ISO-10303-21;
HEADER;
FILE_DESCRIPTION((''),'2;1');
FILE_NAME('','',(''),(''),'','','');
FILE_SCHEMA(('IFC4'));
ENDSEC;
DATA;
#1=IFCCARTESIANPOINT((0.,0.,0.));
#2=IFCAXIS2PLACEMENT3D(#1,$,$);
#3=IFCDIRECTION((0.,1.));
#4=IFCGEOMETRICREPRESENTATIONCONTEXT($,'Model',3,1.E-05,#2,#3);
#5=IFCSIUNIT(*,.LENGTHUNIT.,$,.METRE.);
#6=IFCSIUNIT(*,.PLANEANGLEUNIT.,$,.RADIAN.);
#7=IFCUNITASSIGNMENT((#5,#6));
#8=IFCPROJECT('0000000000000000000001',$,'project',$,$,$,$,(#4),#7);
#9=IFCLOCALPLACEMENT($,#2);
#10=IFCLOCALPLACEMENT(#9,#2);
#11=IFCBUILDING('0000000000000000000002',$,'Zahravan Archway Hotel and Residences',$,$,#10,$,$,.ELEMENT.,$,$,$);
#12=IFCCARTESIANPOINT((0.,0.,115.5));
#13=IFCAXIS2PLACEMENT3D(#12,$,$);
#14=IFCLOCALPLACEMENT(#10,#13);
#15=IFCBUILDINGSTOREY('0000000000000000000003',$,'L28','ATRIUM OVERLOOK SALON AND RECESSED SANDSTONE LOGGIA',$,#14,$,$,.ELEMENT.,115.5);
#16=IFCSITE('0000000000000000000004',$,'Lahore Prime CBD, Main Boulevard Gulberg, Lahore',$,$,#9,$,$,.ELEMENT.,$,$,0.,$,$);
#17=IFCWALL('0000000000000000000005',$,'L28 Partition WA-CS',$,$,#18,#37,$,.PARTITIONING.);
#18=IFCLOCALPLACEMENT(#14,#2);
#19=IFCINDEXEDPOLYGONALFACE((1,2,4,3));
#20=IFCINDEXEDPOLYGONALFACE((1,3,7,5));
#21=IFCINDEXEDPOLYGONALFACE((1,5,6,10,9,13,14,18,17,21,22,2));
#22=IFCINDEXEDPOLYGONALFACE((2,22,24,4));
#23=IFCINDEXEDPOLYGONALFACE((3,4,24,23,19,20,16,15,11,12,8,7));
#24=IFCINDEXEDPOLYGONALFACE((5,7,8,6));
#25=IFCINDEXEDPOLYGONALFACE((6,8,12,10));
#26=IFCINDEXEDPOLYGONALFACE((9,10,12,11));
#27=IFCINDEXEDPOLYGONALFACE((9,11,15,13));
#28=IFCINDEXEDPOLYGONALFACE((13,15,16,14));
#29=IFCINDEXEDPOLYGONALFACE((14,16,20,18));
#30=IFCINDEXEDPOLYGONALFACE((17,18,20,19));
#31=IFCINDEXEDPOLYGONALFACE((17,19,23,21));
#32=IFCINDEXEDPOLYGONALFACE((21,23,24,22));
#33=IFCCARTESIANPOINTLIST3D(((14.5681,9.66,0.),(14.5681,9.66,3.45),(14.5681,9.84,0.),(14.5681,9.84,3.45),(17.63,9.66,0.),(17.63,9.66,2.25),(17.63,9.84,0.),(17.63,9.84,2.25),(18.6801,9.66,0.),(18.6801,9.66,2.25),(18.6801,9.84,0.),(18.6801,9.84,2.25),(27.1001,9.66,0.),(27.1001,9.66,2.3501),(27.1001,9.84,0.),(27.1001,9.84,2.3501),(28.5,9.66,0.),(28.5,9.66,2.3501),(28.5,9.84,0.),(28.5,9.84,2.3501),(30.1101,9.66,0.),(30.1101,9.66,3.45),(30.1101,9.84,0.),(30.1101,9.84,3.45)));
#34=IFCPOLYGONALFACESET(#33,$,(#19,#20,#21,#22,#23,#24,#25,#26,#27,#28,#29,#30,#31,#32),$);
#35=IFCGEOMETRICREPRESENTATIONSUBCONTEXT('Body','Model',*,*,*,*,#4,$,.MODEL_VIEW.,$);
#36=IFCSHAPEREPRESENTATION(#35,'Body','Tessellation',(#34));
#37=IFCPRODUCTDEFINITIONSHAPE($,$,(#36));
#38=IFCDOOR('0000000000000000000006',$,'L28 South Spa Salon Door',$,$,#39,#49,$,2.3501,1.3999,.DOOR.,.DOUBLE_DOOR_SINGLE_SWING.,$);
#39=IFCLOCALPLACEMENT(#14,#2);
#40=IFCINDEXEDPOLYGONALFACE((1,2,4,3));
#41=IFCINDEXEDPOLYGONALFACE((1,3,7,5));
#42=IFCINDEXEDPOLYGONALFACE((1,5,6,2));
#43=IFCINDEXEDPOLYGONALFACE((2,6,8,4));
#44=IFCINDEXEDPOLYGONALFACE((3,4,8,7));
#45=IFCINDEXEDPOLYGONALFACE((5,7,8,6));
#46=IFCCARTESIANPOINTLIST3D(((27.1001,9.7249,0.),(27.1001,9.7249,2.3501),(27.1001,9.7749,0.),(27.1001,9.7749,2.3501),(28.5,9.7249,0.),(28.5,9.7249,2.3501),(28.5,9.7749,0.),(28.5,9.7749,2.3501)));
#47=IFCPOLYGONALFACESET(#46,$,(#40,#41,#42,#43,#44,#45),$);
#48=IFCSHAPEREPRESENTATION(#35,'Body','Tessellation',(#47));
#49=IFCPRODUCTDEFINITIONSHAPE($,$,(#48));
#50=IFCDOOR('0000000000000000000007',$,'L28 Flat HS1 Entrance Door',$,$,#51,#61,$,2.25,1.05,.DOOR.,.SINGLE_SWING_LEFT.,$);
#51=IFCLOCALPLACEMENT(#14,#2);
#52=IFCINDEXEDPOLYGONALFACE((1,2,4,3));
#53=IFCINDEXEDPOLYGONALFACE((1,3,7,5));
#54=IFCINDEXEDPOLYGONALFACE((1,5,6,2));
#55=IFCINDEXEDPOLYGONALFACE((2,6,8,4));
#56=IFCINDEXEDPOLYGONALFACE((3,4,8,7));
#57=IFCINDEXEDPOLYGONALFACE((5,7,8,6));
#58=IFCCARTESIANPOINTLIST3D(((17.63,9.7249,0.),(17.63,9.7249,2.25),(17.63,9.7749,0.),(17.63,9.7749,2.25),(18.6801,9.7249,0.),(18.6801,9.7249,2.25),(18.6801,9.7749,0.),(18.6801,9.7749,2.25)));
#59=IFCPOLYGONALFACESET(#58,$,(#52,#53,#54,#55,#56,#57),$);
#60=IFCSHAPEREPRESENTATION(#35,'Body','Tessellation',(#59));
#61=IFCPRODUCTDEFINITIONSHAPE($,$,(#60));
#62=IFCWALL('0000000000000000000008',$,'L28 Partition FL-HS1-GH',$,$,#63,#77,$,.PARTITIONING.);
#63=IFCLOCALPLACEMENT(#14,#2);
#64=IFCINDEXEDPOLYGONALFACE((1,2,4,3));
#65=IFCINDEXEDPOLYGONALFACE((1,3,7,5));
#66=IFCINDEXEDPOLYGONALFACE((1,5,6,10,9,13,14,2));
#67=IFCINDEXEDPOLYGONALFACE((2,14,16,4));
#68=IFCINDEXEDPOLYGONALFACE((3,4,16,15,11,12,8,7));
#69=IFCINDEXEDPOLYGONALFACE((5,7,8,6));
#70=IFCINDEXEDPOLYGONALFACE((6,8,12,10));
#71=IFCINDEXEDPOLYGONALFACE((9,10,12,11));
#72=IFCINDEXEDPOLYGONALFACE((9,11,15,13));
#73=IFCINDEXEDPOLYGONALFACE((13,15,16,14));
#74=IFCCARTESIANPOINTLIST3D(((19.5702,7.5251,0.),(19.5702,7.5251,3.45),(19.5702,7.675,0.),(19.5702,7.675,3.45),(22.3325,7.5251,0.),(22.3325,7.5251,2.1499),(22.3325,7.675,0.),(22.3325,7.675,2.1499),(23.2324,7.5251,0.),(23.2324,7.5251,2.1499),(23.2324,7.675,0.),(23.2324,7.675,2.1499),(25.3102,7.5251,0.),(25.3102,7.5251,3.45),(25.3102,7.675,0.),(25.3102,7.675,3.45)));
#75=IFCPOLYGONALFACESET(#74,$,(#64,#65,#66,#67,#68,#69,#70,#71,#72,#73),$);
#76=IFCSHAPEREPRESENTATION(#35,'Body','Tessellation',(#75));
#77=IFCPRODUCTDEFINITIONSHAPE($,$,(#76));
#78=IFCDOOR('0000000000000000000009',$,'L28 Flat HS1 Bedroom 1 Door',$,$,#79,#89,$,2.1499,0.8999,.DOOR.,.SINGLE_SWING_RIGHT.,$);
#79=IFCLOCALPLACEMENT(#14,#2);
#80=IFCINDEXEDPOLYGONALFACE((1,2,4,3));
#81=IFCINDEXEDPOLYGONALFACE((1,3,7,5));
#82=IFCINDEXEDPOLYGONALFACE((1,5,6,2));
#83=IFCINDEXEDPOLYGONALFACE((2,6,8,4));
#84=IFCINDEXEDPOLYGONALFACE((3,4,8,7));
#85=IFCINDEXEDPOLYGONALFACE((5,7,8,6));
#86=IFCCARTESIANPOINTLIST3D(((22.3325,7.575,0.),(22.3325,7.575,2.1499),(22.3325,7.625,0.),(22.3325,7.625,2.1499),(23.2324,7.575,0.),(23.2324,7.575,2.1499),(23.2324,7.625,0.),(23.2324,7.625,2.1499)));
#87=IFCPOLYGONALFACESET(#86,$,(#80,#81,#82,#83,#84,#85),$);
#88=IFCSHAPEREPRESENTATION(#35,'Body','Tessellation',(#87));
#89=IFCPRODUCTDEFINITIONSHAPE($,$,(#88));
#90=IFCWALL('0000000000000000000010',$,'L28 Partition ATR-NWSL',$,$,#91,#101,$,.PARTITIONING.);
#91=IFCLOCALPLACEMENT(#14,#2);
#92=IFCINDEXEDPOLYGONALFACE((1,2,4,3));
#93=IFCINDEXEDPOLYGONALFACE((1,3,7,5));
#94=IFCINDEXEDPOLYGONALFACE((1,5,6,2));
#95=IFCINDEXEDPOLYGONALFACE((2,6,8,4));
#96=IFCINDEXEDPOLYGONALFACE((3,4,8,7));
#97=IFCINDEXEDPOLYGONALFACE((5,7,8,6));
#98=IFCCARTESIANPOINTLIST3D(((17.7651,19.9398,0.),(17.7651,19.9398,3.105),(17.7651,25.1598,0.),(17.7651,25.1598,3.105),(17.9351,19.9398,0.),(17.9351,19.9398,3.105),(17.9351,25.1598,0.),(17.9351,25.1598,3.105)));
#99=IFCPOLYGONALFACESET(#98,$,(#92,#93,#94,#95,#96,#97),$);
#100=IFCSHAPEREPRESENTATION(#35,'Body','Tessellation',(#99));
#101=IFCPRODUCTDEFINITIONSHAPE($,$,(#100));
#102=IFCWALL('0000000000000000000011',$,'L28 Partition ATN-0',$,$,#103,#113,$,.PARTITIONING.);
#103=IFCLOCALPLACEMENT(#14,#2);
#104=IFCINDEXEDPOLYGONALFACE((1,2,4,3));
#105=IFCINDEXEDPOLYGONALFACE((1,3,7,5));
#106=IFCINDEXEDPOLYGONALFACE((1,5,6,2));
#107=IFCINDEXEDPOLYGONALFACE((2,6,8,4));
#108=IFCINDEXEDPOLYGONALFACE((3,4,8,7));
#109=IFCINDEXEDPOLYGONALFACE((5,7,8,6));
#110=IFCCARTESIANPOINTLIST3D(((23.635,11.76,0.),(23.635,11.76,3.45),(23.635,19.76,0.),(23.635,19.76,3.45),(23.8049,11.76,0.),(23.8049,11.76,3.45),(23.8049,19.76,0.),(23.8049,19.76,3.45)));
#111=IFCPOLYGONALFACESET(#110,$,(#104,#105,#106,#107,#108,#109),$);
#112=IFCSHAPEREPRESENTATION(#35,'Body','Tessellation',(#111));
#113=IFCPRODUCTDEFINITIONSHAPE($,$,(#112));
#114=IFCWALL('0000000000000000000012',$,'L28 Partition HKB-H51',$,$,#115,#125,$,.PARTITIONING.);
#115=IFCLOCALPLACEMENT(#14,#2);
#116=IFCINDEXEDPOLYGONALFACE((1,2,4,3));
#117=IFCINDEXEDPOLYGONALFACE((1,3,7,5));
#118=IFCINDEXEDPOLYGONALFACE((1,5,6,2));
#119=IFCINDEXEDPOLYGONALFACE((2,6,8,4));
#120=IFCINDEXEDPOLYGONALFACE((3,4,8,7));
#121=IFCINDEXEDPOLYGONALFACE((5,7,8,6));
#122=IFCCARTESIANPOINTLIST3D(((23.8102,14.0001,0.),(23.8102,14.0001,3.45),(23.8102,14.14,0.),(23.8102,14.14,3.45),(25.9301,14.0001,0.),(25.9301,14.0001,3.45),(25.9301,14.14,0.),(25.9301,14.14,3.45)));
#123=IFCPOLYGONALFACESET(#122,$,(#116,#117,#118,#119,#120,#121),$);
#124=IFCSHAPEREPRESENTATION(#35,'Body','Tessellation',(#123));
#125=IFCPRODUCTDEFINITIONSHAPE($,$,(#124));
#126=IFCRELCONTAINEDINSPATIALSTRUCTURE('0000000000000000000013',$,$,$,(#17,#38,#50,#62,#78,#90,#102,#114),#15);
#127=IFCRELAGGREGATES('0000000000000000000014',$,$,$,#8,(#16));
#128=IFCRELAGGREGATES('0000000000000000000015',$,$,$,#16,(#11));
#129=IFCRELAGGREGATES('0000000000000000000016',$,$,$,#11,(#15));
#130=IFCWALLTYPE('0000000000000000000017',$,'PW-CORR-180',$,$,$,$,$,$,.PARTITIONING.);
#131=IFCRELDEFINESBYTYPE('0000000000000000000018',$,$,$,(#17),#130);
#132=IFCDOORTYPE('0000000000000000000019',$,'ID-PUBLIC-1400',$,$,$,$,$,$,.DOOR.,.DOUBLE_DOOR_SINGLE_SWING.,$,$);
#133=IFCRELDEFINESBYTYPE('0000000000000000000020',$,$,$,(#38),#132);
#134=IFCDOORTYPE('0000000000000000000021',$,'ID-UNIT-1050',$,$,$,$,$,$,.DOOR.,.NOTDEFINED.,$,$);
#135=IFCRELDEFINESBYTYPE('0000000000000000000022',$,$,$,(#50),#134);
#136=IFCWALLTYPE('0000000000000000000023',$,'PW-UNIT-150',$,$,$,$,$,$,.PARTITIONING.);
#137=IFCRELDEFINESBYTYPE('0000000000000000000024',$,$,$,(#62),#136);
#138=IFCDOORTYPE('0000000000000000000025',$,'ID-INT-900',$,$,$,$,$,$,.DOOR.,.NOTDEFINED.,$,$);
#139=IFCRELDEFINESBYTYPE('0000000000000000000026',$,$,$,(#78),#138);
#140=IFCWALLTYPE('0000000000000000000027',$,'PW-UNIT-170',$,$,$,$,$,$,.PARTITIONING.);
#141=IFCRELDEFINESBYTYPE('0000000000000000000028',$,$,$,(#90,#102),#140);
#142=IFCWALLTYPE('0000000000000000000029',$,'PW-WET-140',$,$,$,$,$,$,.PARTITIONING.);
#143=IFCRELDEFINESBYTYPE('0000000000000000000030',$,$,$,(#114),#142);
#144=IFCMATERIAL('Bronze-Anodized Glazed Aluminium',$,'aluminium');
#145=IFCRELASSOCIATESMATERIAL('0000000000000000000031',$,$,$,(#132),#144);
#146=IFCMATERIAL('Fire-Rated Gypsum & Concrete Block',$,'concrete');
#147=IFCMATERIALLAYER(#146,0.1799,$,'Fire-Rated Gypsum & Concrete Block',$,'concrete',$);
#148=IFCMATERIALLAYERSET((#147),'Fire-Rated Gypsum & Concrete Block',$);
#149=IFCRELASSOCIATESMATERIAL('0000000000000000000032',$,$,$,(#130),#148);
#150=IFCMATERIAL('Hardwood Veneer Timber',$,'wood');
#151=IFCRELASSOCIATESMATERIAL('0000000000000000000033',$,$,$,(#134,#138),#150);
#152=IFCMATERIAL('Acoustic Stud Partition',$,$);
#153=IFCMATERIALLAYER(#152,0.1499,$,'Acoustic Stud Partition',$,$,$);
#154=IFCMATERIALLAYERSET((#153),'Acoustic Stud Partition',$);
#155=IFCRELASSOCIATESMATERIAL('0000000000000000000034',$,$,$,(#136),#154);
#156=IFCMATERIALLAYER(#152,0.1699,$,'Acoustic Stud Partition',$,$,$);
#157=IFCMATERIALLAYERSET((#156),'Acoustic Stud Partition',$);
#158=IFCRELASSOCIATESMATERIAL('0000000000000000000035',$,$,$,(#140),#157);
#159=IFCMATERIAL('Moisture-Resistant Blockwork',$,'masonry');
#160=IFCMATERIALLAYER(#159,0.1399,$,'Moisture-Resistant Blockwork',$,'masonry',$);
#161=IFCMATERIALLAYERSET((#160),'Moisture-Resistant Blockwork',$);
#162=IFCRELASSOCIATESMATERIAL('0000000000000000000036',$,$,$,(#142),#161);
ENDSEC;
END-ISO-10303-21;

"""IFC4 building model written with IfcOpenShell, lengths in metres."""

from ifc_helpers import new_model, si_unit, direction, frame, frame_2d, origin, place, context, subcontext, project, spatial, rectangle, extrude, source, transform, mapped, material, layer, layer_set, type_object, type_shapes, element, fill, save


model = new_model("IFC4")

# Units and contexts
model_context = context("Model", 3, precision=1e-05, world=origin(), true_north=direction((0.0, 1.0)))
body_context = subcontext(model_context, "Body", "Model", "MODEL_VIEW")
ifc_project = project(units=[si_unit("LENGTHUNIT", "METRE"), si_unit("PLANEANGLEUNIT", "RADIAN")], contexts=[model_context])

# Site, building, storey
site_placement = place(None, origin())
site = spatial("IfcSite", under=ifc_project, at=site_placement, Name="Lahore Prime CBD, Main Boulevard Gulberg, Lahore", CompositionType="ELEMENT", RefElevation=0.0)
building_placement = place(site_placement, origin())
building = spatial("IfcBuilding", under=site, at=building_placement, Name="Zahravan Archway Hotel and Residences", CompositionType="ELEMENT")
storey_placement = place(building_placement, frame((0.0, 0.0, 115.5)))
storey = spatial("IfcBuildingStorey", under=building, at=storey_placement, Name="L28", Description="ATRIUM OVERLOOK SALON AND RECESSED SANDSTONE LOGGIA", CompositionType="ELEMENT", Elevation=115.5)

# Shared definitions
ifc_material_1 = material(Name="Fire-Rated Gypsum & Concrete Block", Category="concrete")
ifc_material_2 = material(Name="Bronze-Anodized Glazed Aluminium", Category="aluminium")
door_type_1 = type_object("IfcDoorType", Name="ID-PUBLIC-1400", OperationType="DOUBLE_DOOR_SINGLE_SWING", PredefinedType="DOOR", material=ifc_material_2)
shared_shape_1 = source(origin(), body_context, "Body", "SweptSolid", [
    extrude(rectangle(XDim=1.3999, YDim=2.3501, at=frame_2d((0.7, 1.175))), frame((0.0, 0.0249, 0.0), z_axis=(0.0, -1.0, 0.0), x_axis=(1.0, 0.0, 0.0)), (0.0, 0.0, 1.0), 0.05),
])
type_shapes(door_type_1, [shared_shape_1])
ifc_material_3 = material(Name="Hardwood Veneer Timber", Category="wood")

# Wall, openings, doors
ifc_layer_1 = layer(ifc_material_1, 0.1799, Name="Fire-Rated Gypsum & Concrete Block", Category="concrete")
ifc_layer_set_1 = layer_set([ifc_layer_1], Name="Fire-Rated Gypsum & Concrete Block")
wall_type_1 = type_object("IfcWallType", Name="PW-CORR-180", PredefinedType="PARTITIONING", material=ifc_layer_set_1)
wall_1_placement = place(storey_placement, frame((14.5681, 9.75, 0.0), z_axis=(0.0, 0.0, 1.0), x_axis=(1.0, 0.0, 0.0)))
wall_1 = element("IfcWall", 1, at=wall_1_placement, inside=storey, type_object=wall_type_1, Name="L28 Partition WA-CS", PredefinedType="PARTITIONING", context=body_context, shape_type="SweptSolid", body=[
    extrude(rectangle(XDim=15.542, YDim=0.1799, at=frame_2d((7.771, 0.0))), origin(), (0.0, 0.0, 1.0), 3.45),
])
opening_1_placement = place(wall_1_placement, frame((3.062, 0.0, 0.0)))
opening_1 = element("IfcOpeningElement", 2, at=opening_1_placement, cuts=wall_1, PredefinedType="OPENING", context=body_context, shape_type="SweptSolid", body=[
    extrude(rectangle(XDim=1.05, YDim=2.25, at=frame_2d((0.5249, 1.125))), frame((0.0, 0.1001, 0.0), z_axis=(0.0, -1.0, 0.0), x_axis=(1.0, 0.0, 0.0)), (0.0, 0.0, 1.0), 0.2),
])
opening_2_placement = place(wall_1_placement, frame((12.532, 0.0, 0.0)))
opening_2 = element("IfcOpeningElement", 3, at=opening_2_placement, cuts=wall_1, PredefinedType="OPENING", context=body_context, shape_type="SweptSolid", body=[
    extrude(rectangle(XDim=1.3999, YDim=2.3501, at=frame_2d((0.7, 1.175))), frame((0.0, 0.1001, 0.0), z_axis=(0.0, -1.0, 0.0), x_axis=(1.0, 0.0, 0.0)), (0.0, 0.0, 1.0), 0.2),
])
door_1_placement = place(opening_2_placement, origin())
door_1 = element("IfcDoor", 4, at=door_1_placement, inside=storey, type_object=door_type_1, Name="L28 South Spa Salon Door", OperationType="DOUBLE_DOOR_SINGLE_SWING", OverallHeight=2.3501, OverallWidth=1.3999, PredefinedType="DOOR", context=body_context, shape_type="MappedRepresentation", body=[
    mapped(shared_shape_1, transform((0.0, 0.0, 0.0), scale=1.0)),
])
fill(opening_2, door_1)
door_type_2 = type_object("IfcDoorType", Name="ID-UNIT-1050", OperationType="NOTDEFINED", PredefinedType="DOOR", material=ifc_material_3)
shared_shape_2 = source(origin(), body_context, "Body", "SweptSolid", [
    extrude(rectangle(XDim=1.05, YDim=2.25, at=frame_2d((0.5249, 1.125))), frame((0.0, 0.0249, 0.0), z_axis=(0.0, -1.0, 0.0), x_axis=(1.0, 0.0, 0.0)), (0.0, 0.0, 1.0), 0.05),
])
type_shapes(door_type_2, [shared_shape_2])
door_2_placement = place(opening_1_placement, origin())
door_2 = element("IfcDoor", 5, at=door_2_placement, inside=storey, type_object=door_type_2, Name="L28 Flat HS1 Entrance Door", OperationType="SINGLE_SWING_LEFT", OverallHeight=2.25, OverallWidth=1.05, PredefinedType="DOOR", context=body_context, shape_type="MappedRepresentation", body=[
    mapped(shared_shape_2, transform((0.0, 0.0, 0.0), scale=1.0)),
])
fill(opening_1, door_2)

# Wall, opening, door
ifc_material_4 = material(Name="Acoustic Stud Partition")
ifc_layer_2 = layer(ifc_material_4, 0.1499, Name="Acoustic Stud Partition")
ifc_layer_set_2 = layer_set([ifc_layer_2], Name="Acoustic Stud Partition")
wall_type_2 = type_object("IfcWallType", Name="PW-UNIT-150", PredefinedType="PARTITIONING", material=ifc_layer_set_2)
wall_2_placement = place(storey_placement, frame((19.5701, 7.6001, 0.0), z_axis=(0.0, 0.0, 1.0), x_axis=(1.0, 0.0, 0.0)))
wall_2 = element("IfcWall", 6, at=wall_2_placement, inside=storey, type_object=wall_type_2, Name="L28 Partition FL-HS1-GH", PredefinedType="PARTITIONING", context=body_context, shape_type="SweptSolid", body=[
    extrude(rectangle(XDim=5.74, YDim=0.1499, at=frame_2d((2.8701, 0.0))), origin(), (0.0, 0.0, 1.0), 3.45),
])
opening_3_placement = place(wall_2_placement, frame((2.7625, 0.0, 0.0)))
opening_3 = element("IfcOpeningElement", 7, at=opening_3_placement, cuts=wall_2, PredefinedType="OPENING", context=body_context, shape_type="SweptSolid", body=[
    extrude(rectangle(XDim=0.8999, YDim=2.1499, at=frame_2d((0.45, 1.075))), frame((0.0, 0.085, 0.0), z_axis=(0.0, -1.0, 0.0), x_axis=(1.0, 0.0, 0.0)), (0.0, 0.0, 1.0), 0.1699),
])
door_type_3 = type_object("IfcDoorType", Name="ID-INT-900", OperationType="NOTDEFINED", PredefinedType="DOOR", material=ifc_material_3)
shared_shape_3 = source(origin(), body_context, "Body", "SweptSolid", [
    extrude(rectangle(XDim=0.8999, YDim=2.1499, at=frame_2d((0.45, 1.075))), frame((0.0, 0.0249, 0.0), z_axis=(0.0, -1.0, 0.0), x_axis=(1.0, 0.0, 0.0)), (0.0, 0.0, 1.0), 0.05),
])
type_shapes(door_type_3, [shared_shape_3])
door_3_placement = place(opening_3_placement, origin())
door_3 = element("IfcDoor", 8, at=door_3_placement, inside=storey, type_object=door_type_3, Name="L28 Flat HS1 Bedroom 1 Door", OperationType="SINGLE_SWING_RIGHT", OverallHeight=2.1499, OverallWidth=0.8999, PredefinedType="DOOR", context=body_context, shape_type="MappedRepresentation", body=[
    mapped(shared_shape_3, transform((0.0, 0.0, 0.0), scale=1.0)),
])
fill(opening_3, door_3)

# Walls
ifc_layer_3 = layer(ifc_material_4, 0.1699, Name="Acoustic Stud Partition")
ifc_layer_set_3 = layer_set([ifc_layer_3], Name="Acoustic Stud Partition")
wall_type_3 = type_object("IfcWallType", Name="PW-UNIT-170", PredefinedType="PARTITIONING", material=ifc_layer_set_3)
wall_3_placement = place(storey_placement, frame((17.8501, 19.9399, 0.0), z_axis=(0.0, 0.0, 1.0), x_axis=(0.0, 1.0, 0.0)))
element("IfcWall", 9, at=wall_3_placement, inside=storey, type_object=wall_type_3, Name="L28 Partition ATR-NWSL", PredefinedType="PARTITIONING", context=body_context, shape_type="SweptSolid", body=[
    extrude(rectangle(XDim=5.22, YDim=0.1699, at=frame_2d((2.6099, 0.0))), origin(), (0.0, 0.0, 1.0), 3.105),
])
wall_4_placement = place(storey_placement, frame((23.72, 11.76, 0.0), z_axis=(0.0, 0.0, 1.0), x_axis=(0.0, 1.0, 0.0)))
element("IfcWall", 10, at=wall_4_placement, inside=storey, type_object=wall_type_3, Name="L28 Partition ATN-0", PredefinedType="PARTITIONING", context=body_context, shape_type="SweptSolid", body=[
    extrude(rectangle(XDim=8.0, YDim=0.1699, at=frame_2d((4.0, 0.0))), origin(), (0.0, 0.0, 1.0), 3.45),
])
ifc_material_5 = material(Name="Moisture-Resistant Blockwork", Category="masonry")
ifc_layer_4 = layer(ifc_material_5, 0.1399, Name="Moisture-Resistant Blockwork", Category="masonry")
ifc_layer_set_4 = layer_set([ifc_layer_4], Name="Moisture-Resistant Blockwork")
wall_type_4 = type_object("IfcWallType", Name="PW-WET-140", PredefinedType="PARTITIONING", material=ifc_layer_set_4)
wall_5_placement = place(storey_placement, frame((23.8101, 14.0701, 0.0), z_axis=(0.0, 0.0, 1.0), x_axis=(1.0, 0.0, 0.0)))
element("IfcWall", 11, at=wall_5_placement, inside=storey, type_object=wall_type_4, Name="L28 Partition HKB-H51", PredefinedType="PARTITIONING", context=body_context, shape_type="SweptSolid", body=[
    extrude(rectangle(XDim=2.1199, YDim=0.1399, at=frame_2d((1.0601, 0.0))), origin(), (0.0, 0.0, 1.0), 3.45),
])

save(model, "model.ifc")
